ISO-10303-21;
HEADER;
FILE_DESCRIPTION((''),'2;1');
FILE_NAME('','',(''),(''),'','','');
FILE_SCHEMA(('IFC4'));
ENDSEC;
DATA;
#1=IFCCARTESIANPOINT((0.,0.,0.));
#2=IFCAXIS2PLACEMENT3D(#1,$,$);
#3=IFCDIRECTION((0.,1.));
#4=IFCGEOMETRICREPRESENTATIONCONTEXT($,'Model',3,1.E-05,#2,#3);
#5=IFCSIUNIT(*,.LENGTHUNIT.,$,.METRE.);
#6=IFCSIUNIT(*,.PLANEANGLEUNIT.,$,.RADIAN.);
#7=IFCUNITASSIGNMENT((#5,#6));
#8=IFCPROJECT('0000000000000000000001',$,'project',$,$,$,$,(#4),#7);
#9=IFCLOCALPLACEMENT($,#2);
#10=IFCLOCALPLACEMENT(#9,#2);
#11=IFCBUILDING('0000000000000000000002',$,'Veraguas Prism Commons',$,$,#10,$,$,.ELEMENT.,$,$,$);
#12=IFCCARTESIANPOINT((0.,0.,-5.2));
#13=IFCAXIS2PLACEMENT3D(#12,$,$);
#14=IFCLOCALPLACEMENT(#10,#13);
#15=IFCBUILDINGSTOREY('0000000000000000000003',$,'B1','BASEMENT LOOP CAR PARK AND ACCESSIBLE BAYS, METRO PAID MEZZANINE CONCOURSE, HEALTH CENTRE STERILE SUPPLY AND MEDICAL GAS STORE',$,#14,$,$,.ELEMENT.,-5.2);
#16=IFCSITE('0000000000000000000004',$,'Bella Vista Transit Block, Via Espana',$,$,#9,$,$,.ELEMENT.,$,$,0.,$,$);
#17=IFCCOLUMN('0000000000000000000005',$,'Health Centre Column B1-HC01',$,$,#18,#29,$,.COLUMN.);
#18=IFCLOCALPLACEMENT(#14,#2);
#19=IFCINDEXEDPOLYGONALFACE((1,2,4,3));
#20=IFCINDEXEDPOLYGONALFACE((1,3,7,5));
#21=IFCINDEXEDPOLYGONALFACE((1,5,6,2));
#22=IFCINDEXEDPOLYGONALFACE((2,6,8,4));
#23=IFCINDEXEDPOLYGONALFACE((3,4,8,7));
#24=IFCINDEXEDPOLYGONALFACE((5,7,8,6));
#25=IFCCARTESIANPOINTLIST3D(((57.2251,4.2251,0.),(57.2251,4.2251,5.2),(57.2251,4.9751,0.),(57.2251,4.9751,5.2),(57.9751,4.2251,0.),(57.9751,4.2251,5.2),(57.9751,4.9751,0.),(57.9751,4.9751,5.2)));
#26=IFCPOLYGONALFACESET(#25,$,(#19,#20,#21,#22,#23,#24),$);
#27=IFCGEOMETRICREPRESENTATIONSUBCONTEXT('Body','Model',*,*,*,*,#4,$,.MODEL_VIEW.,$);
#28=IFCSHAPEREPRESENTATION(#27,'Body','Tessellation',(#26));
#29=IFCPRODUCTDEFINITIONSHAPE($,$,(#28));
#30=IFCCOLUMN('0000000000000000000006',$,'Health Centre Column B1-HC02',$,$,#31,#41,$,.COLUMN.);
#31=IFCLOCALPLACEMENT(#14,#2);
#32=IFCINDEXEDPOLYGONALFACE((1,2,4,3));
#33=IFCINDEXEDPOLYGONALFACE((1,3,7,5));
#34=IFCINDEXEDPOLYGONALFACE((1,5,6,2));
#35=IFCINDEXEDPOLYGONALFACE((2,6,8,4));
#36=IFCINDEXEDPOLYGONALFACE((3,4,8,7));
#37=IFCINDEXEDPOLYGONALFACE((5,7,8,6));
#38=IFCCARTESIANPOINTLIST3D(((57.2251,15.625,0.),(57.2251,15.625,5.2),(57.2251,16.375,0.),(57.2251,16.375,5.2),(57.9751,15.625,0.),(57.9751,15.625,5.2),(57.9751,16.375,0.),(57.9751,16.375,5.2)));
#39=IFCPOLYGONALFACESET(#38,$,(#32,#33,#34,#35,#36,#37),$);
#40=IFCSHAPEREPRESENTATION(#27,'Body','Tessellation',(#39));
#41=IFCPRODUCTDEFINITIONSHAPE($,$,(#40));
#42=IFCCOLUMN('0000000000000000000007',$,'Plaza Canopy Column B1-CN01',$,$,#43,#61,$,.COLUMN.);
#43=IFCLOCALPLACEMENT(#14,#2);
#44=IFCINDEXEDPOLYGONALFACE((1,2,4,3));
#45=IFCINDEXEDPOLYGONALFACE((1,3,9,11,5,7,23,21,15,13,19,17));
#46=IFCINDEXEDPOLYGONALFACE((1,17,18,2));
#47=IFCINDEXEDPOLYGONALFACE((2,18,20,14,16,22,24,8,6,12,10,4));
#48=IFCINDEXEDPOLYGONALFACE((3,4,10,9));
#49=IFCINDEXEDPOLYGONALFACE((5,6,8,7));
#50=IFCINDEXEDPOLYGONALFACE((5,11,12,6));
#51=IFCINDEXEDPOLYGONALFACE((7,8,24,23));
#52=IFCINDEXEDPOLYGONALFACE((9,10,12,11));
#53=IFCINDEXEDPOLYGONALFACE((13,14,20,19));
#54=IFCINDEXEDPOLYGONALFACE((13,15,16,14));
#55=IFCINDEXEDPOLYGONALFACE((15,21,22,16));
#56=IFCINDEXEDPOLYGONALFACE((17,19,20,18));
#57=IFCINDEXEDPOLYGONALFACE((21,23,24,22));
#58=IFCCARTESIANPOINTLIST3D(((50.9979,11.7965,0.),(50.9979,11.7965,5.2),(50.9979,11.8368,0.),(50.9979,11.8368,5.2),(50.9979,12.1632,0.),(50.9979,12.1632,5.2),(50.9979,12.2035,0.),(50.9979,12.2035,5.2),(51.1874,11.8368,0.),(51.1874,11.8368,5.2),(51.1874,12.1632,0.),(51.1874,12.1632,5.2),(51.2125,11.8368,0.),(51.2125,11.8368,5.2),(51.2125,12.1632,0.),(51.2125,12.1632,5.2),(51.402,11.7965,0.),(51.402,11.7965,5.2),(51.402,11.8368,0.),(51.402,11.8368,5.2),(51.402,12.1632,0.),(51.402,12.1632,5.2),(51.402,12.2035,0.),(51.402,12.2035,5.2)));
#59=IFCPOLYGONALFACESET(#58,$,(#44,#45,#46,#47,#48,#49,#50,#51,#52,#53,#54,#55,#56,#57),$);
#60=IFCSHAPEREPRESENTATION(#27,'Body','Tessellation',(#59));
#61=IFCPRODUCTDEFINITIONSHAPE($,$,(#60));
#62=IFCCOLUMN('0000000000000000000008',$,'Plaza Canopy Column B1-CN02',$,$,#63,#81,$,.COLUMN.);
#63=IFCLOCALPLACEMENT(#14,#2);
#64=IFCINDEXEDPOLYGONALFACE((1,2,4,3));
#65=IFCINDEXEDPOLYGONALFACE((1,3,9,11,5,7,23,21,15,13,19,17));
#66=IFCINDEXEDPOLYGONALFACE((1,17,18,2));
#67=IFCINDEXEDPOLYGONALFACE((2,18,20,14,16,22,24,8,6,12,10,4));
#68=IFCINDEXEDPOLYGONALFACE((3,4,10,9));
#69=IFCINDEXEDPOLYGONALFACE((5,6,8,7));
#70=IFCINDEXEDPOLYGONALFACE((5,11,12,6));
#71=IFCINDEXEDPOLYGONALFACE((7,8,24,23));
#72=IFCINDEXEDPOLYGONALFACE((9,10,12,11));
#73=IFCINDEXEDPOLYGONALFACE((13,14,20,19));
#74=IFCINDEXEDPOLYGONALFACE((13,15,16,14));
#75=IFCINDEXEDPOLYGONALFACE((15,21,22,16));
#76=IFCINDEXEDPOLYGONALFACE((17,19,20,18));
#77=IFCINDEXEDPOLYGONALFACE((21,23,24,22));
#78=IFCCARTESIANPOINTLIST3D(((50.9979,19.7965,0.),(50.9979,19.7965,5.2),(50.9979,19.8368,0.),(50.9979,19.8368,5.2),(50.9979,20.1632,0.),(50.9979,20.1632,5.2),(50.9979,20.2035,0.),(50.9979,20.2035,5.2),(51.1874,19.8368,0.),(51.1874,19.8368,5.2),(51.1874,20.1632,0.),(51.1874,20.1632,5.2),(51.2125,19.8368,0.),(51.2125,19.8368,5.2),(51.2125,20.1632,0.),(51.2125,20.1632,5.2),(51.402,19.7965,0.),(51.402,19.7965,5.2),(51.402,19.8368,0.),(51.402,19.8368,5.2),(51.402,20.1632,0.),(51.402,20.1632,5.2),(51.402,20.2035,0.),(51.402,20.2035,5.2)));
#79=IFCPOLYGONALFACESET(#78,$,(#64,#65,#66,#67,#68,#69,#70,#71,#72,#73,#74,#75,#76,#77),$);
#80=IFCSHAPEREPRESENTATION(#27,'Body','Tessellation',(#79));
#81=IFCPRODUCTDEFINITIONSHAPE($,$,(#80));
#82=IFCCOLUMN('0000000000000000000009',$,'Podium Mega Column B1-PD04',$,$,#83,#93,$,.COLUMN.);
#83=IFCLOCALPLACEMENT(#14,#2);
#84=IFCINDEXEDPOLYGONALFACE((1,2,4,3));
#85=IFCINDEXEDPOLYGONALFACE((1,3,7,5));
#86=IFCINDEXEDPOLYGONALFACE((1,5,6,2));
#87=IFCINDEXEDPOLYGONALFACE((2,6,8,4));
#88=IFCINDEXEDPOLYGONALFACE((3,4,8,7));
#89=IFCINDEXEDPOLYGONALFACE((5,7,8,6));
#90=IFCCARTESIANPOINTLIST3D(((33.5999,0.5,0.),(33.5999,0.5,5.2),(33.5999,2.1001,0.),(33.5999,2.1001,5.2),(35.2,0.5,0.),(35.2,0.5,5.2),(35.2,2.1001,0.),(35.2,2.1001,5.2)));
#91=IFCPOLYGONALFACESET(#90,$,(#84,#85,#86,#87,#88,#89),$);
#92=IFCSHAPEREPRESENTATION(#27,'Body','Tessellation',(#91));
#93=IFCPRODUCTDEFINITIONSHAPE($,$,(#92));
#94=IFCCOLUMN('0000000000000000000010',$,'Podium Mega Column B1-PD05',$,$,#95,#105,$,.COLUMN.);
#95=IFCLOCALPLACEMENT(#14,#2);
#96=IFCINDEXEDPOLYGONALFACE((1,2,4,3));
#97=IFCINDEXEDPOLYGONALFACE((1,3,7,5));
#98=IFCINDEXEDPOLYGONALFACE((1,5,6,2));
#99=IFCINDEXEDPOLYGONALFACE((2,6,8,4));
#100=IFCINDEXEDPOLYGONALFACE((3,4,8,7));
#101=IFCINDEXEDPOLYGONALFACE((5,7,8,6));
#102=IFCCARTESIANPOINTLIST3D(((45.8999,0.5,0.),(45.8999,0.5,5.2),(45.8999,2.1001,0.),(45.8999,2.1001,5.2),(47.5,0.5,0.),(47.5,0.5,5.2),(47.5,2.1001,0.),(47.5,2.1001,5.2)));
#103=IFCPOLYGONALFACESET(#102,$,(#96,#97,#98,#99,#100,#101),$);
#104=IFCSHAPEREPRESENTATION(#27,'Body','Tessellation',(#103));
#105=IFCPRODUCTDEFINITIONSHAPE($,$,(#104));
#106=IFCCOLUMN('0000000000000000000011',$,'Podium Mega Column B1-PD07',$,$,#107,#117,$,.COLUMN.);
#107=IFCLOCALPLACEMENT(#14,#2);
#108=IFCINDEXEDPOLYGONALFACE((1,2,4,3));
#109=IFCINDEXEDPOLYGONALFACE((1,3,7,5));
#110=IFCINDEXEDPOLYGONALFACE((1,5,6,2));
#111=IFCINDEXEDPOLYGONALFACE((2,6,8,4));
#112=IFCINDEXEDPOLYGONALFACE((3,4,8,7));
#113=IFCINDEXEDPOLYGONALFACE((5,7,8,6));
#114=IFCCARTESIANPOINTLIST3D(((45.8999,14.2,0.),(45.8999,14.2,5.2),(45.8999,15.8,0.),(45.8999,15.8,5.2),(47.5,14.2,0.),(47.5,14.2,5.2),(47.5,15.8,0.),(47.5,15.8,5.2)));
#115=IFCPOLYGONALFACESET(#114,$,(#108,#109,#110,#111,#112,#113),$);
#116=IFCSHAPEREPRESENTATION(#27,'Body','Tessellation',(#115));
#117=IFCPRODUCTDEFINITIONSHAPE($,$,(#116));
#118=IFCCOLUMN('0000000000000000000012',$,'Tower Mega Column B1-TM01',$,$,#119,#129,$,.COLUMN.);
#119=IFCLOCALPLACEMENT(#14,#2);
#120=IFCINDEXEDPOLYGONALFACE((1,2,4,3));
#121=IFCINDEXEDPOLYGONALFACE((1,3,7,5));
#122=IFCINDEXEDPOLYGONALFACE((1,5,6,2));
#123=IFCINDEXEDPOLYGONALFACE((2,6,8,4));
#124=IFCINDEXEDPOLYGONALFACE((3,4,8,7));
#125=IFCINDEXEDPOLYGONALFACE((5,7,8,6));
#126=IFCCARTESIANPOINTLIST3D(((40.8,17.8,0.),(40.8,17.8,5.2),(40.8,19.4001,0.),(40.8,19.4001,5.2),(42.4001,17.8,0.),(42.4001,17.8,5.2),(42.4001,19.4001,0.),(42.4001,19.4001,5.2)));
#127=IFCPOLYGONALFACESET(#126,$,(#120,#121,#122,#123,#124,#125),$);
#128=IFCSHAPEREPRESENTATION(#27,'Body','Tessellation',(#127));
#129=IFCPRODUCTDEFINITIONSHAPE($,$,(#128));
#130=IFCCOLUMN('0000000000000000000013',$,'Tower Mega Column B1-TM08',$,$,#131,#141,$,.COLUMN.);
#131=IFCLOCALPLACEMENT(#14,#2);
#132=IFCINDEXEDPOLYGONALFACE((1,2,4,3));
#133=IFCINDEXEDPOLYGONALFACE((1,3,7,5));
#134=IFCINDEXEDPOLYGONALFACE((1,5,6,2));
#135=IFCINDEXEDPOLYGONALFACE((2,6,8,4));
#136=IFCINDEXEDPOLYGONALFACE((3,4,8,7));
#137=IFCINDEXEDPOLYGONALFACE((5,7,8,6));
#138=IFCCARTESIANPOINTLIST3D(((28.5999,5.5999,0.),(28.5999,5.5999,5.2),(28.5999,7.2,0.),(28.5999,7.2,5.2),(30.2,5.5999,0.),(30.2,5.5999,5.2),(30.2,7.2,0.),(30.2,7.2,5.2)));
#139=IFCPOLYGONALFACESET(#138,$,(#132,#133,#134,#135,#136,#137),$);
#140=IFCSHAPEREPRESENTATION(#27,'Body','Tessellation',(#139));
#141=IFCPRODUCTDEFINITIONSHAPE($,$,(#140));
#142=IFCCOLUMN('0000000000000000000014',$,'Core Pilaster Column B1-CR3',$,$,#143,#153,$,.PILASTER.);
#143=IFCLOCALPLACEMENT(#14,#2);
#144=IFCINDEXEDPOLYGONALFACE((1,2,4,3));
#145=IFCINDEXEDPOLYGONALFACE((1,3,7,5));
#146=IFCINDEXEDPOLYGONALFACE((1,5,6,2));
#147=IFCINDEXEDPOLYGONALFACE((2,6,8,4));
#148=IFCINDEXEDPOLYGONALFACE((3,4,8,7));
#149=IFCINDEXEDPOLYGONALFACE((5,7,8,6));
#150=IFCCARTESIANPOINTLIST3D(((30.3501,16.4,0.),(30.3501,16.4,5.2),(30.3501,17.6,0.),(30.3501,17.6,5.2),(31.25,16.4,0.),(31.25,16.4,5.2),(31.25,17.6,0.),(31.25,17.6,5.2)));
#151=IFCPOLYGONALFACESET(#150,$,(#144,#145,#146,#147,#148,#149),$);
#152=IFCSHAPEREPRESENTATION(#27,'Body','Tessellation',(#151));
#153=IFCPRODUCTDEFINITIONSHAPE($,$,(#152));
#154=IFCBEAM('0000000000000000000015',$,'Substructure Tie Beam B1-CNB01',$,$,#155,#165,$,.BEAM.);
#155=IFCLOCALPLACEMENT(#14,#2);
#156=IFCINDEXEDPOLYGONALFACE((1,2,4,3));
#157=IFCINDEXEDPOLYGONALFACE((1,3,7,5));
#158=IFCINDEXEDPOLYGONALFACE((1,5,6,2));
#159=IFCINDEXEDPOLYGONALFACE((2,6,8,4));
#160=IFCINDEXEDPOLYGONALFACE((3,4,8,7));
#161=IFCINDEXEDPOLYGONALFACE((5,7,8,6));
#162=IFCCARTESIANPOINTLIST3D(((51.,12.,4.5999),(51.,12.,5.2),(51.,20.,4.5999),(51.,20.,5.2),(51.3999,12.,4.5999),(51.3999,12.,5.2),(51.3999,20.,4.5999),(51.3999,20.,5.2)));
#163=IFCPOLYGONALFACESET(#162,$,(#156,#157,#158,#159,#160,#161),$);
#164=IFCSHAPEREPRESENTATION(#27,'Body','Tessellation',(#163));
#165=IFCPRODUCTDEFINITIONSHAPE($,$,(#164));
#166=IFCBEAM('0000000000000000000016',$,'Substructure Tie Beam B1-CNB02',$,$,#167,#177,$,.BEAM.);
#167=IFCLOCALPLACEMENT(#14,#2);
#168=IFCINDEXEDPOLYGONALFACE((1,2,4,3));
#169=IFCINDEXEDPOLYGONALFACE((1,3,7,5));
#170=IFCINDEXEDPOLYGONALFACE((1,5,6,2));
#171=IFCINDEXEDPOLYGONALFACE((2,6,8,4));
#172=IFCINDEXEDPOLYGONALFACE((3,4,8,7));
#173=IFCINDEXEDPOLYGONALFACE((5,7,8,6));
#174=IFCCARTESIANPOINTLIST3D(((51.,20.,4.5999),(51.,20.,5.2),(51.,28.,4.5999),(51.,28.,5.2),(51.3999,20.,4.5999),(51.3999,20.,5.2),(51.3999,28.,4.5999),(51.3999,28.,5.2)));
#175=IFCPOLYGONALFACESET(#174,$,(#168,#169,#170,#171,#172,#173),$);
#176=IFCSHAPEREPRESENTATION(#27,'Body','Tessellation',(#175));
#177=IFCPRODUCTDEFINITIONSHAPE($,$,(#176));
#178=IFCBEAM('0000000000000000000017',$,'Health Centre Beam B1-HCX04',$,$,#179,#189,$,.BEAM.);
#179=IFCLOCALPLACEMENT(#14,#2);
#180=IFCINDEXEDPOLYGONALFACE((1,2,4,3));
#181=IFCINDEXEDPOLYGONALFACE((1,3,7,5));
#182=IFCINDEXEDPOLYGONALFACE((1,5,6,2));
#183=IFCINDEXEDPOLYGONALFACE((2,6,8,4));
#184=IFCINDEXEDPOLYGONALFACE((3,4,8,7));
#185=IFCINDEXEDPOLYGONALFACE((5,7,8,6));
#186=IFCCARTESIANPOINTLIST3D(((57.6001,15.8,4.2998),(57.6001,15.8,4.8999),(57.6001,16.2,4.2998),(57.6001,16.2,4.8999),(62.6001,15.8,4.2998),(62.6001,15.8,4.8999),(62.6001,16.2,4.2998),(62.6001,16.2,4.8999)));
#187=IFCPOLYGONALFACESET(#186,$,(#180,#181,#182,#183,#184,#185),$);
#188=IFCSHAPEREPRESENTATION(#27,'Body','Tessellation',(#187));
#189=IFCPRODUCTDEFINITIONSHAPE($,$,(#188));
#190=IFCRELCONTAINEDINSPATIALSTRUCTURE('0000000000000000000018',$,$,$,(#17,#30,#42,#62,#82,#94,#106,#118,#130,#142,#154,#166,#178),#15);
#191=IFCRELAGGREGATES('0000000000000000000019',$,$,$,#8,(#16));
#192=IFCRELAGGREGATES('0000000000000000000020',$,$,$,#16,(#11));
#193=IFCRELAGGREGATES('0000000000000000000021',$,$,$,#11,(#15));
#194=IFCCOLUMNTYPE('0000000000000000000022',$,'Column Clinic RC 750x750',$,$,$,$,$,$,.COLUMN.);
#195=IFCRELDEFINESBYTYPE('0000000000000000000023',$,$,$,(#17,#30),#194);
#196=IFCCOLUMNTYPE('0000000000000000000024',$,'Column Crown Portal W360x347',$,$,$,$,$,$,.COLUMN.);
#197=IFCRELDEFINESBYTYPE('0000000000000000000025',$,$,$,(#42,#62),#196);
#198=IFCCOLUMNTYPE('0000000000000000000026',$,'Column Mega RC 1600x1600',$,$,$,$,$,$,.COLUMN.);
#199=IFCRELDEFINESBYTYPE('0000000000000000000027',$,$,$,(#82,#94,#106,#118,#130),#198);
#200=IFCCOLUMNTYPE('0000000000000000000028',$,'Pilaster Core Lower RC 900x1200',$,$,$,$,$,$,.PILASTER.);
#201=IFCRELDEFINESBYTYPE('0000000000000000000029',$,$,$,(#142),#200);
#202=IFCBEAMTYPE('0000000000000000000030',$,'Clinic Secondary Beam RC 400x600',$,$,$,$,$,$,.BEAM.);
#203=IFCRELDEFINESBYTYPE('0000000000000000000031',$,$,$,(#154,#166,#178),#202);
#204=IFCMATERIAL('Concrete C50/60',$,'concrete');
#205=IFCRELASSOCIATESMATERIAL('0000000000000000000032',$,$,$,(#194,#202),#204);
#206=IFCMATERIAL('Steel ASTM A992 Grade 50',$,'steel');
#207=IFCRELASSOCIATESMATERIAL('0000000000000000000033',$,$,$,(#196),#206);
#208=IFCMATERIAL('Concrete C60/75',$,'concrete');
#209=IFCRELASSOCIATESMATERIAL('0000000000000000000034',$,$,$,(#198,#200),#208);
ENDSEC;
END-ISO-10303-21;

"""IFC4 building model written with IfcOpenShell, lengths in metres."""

from ifc_helpers import new_model, si_unit, direction, frame, origin, origin_2d, place, context, subcontext, project, spatial, rectangle, i_section, extrude, material, material_profile, profile_set, type_object, element, save


model = new_model("IFC4")

# Units and contexts
model_context = context("Model", 3, precision=1e-05, world=origin(), true_north=direction((0.0, 1.0)))
body_context = subcontext(model_context, "Body", "Model", "MODEL_VIEW")
ifc_project = project(units=[si_unit("LENGTHUNIT", "METRE"), si_unit("PLANEANGLEUNIT", "RADIAN")], contexts=[model_context])

# Site, building, storey
site_placement = place(None, origin())
site = spatial("IfcSite", under=ifc_project, at=site_placement, Name="Bella Vista Transit Block, Via Espana", CompositionType="ELEMENT", RefElevation=0.0)
building_placement = place(site_placement, origin())
building = spatial("IfcBuilding", under=site, at=building_placement, Name="Veraguas Prism Commons", CompositionType="ELEMENT")
storey_placement = place(building_placement, frame((0.0, 0.0, -5.2)))
storey = spatial("IfcBuildingStorey", under=building, at=storey_placement, Name="B1", Description="BASEMENT LOOP CAR PARK AND ACCESSIBLE BAYS, METRO PAID MEZZANINE CONCOURSE, HEALTH CENTRE STERILE SUPPLY AND MEDICAL GAS STORE", CompositionType="ELEMENT", Elevation=-5.2)

# Columns
ifc_material_1 = material(Name="Concrete C50/60", Category="concrete")
ifc_material_profile_1 = material_profile(ifc_material_1, rectangle(XDim=0.75, YDim=0.75, at=origin_2d()), Name="RC750X750")
ifc_profile_set_1 = profile_set([ifc_material_profile_1], Name="Concrete C50/60")
column_type_1 = type_object("IfcColumnType", Name="Column Clinic RC 750x750", PredefinedType="COLUMN", material=ifc_profile_set_1)
for number, where, z_axis, x_axis, name in (
    (1, (57.6001, 4.6001, 0.0), (0.0, 0.0, 1.0), (1.0, 0.0, 0.0), "Health Centre Column B1-HC01"),
    (2, (57.6001, 16.0, 0.0), (0.0, 0.0, 1.0), (1.0, 0.0, 0.0), "Health Centre Column B1-HC02"),
):
    element("IfcColumn", number, at=place(storey_placement, frame(where, z_axis=z_axis, x_axis=x_axis)), inside=storey, type_object=column_type_1, Name=name, PredefinedType="COLUMN", context=body_context, shape_type="SweptSolid", body=[
        extrude(rectangle(XDim=0.75, YDim=0.75, at=origin_2d()), origin(), (0.0, 0.0, 1.0), 5.2),
    ])
ifc_material_2 = material(Name="Steel ASTM A992 Grade 50", Category="steel")
ifc_material_profile_2 = material_profile(ifc_material_2, i_section(OverallWidth=0.4041, OverallDepth=0.407, WebThickness=0.0251, FlangeThickness=0.0403, at=origin_2d()), Name="W360X347")
ifc_profile_set_2 = profile_set([ifc_material_profile_2], Name="Steel ASTM A992 Grade 50")
column_type_2 = type_object("IfcColumnType", Name="Column Crown Portal W360x347", PredefinedType="COLUMN", material=ifc_profile_set_2)
for number, where, z_axis, x_axis, name in (
    (3, (51.2, 12.0, 0.0), (0.0, 0.0, 1.0), (1.0, 0.0, 0.0), "Plaza Canopy Column B1-CN01"),
    (4, (51.2, 20.0, 0.0), (0.0, 0.0, 1.0), (1.0, 0.0, 0.0), "Plaza Canopy Column B1-CN02"),
):
    element("IfcColumn", number, at=place(storey_placement, frame(where, z_axis=z_axis, x_axis=x_axis)), inside=storey, type_object=column_type_2, Name=name, PredefinedType="COLUMN", context=body_context, shape_type="SweptSolid", body=[
        extrude(i_section(OverallWidth=0.4041, OverallDepth=0.407, WebThickness=0.0251, FlangeThickness=0.0403, at=origin_2d()), origin(), (0.0, 0.0, 1.0), 5.2),
    ])
ifc_material_3 = material(Name="Concrete C60/75", Category="concrete")
ifc_material_profile_3 = material_profile(ifc_material_3, rectangle(XDim=1.6001, YDim=1.6001, at=origin_2d()), Name="RC1600X1600")
ifc_profile_set_3 = profile_set([ifc_material_profile_3], Name="Concrete C60/75")
column_type_3 = type_object("IfcColumnType", Name="Column Mega RC 1600x1600", PredefinedType="COLUMN", material=ifc_profile_set_3)
for number, where, z_axis, x_axis, name in (
    (5, (34.3999, 1.3, 0.0), (0.0, 0.0, 1.0), (1.0, 0.0, 0.0), "Podium Mega Column B1-PD04"),
    (6, (46.7, 1.3, 0.0), (0.0, 0.0, 1.0), (1.0, 0.0, 0.0), "Podium Mega Column B1-PD05"),
    (7, (46.7, 15.0, 0.0), (0.0, 0.0, 1.0), (1.0, 0.0, 0.0), "Podium Mega Column B1-PD07"),
    (8, (41.6001, 18.6001, 0.0), (0.0, 0.0, 1.0), (1.0, 0.0, 0.0), "Tower Mega Column B1-TM01"),
    (9, (29.3999, 6.3999, 0.0), (0.0, 0.0, 1.0), (1.0, 0.0, 0.0), "Tower Mega Column B1-TM08"),
):
    element("IfcColumn", number, at=place(storey_placement, frame(where, z_axis=z_axis, x_axis=x_axis)), inside=storey, type_object=column_type_3, Name=name, PredefinedType="COLUMN", context=body_context, shape_type="SweptSolid", body=[
        extrude(rectangle(XDim=1.6001, YDim=1.6001, at=origin_2d()), origin(), (0.0, 0.0, 1.0), 5.2),
    ])
ifc_material_profile_4 = material_profile(ifc_material_3, rectangle(XDim=0.8999, YDim=1.2, at=origin_2d()), Name="RC900X1200")
ifc_profile_set_4 = profile_set([ifc_material_profile_4], Name="Concrete C60/75")
column_type_4 = type_object("IfcColumnType", Name="Pilaster Core Lower RC 900x1200", PredefinedType="PILASTER", material=ifc_profile_set_4)
column_placement = place(storey_placement, frame((30.8, 17.0, 0.0), z_axis=(0.0, 0.0, 1.0), x_axis=(1.0, 0.0, 0.0)))
element("IfcColumn", 10, at=column_placement, inside=storey, type_object=column_type_4, Name="Core Pilaster Column B1-CR3", PredefinedType="PILASTER", context=body_context, shape_type="SweptSolid", body=[
    extrude(rectangle(XDim=0.8999, YDim=1.2, at=origin_2d()), origin(), (0.0, 0.0, 1.0), 5.2),
])

# Beams
ifc_material_profile_5 = material_profile(ifc_material_1, rectangle(XDim=0.3999, YDim=0.6001, at=origin_2d()), Name="RC400X600")
ifc_profile_set_5 = profile_set([ifc_material_profile_5], Name="Concrete C50/60")
beam_type_1 = type_object("IfcBeamType", Name="Clinic Secondary Beam RC 400x600", PredefinedType="BEAM", material=ifc_profile_set_5)
for number, where, z_axis, x_axis, name in (
    (11, (51.2, 12.0, 4.8999), (0.0, 1.0, 0.0), (-1.0, 0.0, 0.0), "Substructure Tie Beam B1-CNB01"),
    (12, (51.2, 20.0, 4.8999), (0.0, 1.0, 0.0), (-1.0, 0.0, 0.0), "Substructure Tie Beam B1-CNB02"),
):
    element("IfcBeam", number, at=place(storey_placement, frame(where, z_axis=z_axis, x_axis=x_axis)), inside=storey, type_object=beam_type_1, Name=name, PredefinedType="BEAM", context=body_context, shape_type="SweptSolid", body=[
        extrude(rectangle(XDim=0.3999, YDim=0.6001, at=origin_2d()), origin(), (0.0, 0.0, 1.0), 8.0),
    ])
beam_1_placement = place(storey_placement, frame((57.6001, 16.0, 4.5999), z_axis=(1.0, 0.0, 0.0), x_axis=(0.0, 1.0, 0.0)))
element("IfcBeam", 13, at=beam_1_placement, inside=storey, type_object=beam_type_1, Name="Health Centre Beam B1-HCX04", PredefinedType="BEAM", context=body_context, shape_type="SweptSolid", body=[
    extrude(rectangle(XDim=0.3999, YDim=0.6001, at=origin_2d()), origin(), (0.0, 0.0, 1.0), 5.0),
])

save(model, "model.ifc")
